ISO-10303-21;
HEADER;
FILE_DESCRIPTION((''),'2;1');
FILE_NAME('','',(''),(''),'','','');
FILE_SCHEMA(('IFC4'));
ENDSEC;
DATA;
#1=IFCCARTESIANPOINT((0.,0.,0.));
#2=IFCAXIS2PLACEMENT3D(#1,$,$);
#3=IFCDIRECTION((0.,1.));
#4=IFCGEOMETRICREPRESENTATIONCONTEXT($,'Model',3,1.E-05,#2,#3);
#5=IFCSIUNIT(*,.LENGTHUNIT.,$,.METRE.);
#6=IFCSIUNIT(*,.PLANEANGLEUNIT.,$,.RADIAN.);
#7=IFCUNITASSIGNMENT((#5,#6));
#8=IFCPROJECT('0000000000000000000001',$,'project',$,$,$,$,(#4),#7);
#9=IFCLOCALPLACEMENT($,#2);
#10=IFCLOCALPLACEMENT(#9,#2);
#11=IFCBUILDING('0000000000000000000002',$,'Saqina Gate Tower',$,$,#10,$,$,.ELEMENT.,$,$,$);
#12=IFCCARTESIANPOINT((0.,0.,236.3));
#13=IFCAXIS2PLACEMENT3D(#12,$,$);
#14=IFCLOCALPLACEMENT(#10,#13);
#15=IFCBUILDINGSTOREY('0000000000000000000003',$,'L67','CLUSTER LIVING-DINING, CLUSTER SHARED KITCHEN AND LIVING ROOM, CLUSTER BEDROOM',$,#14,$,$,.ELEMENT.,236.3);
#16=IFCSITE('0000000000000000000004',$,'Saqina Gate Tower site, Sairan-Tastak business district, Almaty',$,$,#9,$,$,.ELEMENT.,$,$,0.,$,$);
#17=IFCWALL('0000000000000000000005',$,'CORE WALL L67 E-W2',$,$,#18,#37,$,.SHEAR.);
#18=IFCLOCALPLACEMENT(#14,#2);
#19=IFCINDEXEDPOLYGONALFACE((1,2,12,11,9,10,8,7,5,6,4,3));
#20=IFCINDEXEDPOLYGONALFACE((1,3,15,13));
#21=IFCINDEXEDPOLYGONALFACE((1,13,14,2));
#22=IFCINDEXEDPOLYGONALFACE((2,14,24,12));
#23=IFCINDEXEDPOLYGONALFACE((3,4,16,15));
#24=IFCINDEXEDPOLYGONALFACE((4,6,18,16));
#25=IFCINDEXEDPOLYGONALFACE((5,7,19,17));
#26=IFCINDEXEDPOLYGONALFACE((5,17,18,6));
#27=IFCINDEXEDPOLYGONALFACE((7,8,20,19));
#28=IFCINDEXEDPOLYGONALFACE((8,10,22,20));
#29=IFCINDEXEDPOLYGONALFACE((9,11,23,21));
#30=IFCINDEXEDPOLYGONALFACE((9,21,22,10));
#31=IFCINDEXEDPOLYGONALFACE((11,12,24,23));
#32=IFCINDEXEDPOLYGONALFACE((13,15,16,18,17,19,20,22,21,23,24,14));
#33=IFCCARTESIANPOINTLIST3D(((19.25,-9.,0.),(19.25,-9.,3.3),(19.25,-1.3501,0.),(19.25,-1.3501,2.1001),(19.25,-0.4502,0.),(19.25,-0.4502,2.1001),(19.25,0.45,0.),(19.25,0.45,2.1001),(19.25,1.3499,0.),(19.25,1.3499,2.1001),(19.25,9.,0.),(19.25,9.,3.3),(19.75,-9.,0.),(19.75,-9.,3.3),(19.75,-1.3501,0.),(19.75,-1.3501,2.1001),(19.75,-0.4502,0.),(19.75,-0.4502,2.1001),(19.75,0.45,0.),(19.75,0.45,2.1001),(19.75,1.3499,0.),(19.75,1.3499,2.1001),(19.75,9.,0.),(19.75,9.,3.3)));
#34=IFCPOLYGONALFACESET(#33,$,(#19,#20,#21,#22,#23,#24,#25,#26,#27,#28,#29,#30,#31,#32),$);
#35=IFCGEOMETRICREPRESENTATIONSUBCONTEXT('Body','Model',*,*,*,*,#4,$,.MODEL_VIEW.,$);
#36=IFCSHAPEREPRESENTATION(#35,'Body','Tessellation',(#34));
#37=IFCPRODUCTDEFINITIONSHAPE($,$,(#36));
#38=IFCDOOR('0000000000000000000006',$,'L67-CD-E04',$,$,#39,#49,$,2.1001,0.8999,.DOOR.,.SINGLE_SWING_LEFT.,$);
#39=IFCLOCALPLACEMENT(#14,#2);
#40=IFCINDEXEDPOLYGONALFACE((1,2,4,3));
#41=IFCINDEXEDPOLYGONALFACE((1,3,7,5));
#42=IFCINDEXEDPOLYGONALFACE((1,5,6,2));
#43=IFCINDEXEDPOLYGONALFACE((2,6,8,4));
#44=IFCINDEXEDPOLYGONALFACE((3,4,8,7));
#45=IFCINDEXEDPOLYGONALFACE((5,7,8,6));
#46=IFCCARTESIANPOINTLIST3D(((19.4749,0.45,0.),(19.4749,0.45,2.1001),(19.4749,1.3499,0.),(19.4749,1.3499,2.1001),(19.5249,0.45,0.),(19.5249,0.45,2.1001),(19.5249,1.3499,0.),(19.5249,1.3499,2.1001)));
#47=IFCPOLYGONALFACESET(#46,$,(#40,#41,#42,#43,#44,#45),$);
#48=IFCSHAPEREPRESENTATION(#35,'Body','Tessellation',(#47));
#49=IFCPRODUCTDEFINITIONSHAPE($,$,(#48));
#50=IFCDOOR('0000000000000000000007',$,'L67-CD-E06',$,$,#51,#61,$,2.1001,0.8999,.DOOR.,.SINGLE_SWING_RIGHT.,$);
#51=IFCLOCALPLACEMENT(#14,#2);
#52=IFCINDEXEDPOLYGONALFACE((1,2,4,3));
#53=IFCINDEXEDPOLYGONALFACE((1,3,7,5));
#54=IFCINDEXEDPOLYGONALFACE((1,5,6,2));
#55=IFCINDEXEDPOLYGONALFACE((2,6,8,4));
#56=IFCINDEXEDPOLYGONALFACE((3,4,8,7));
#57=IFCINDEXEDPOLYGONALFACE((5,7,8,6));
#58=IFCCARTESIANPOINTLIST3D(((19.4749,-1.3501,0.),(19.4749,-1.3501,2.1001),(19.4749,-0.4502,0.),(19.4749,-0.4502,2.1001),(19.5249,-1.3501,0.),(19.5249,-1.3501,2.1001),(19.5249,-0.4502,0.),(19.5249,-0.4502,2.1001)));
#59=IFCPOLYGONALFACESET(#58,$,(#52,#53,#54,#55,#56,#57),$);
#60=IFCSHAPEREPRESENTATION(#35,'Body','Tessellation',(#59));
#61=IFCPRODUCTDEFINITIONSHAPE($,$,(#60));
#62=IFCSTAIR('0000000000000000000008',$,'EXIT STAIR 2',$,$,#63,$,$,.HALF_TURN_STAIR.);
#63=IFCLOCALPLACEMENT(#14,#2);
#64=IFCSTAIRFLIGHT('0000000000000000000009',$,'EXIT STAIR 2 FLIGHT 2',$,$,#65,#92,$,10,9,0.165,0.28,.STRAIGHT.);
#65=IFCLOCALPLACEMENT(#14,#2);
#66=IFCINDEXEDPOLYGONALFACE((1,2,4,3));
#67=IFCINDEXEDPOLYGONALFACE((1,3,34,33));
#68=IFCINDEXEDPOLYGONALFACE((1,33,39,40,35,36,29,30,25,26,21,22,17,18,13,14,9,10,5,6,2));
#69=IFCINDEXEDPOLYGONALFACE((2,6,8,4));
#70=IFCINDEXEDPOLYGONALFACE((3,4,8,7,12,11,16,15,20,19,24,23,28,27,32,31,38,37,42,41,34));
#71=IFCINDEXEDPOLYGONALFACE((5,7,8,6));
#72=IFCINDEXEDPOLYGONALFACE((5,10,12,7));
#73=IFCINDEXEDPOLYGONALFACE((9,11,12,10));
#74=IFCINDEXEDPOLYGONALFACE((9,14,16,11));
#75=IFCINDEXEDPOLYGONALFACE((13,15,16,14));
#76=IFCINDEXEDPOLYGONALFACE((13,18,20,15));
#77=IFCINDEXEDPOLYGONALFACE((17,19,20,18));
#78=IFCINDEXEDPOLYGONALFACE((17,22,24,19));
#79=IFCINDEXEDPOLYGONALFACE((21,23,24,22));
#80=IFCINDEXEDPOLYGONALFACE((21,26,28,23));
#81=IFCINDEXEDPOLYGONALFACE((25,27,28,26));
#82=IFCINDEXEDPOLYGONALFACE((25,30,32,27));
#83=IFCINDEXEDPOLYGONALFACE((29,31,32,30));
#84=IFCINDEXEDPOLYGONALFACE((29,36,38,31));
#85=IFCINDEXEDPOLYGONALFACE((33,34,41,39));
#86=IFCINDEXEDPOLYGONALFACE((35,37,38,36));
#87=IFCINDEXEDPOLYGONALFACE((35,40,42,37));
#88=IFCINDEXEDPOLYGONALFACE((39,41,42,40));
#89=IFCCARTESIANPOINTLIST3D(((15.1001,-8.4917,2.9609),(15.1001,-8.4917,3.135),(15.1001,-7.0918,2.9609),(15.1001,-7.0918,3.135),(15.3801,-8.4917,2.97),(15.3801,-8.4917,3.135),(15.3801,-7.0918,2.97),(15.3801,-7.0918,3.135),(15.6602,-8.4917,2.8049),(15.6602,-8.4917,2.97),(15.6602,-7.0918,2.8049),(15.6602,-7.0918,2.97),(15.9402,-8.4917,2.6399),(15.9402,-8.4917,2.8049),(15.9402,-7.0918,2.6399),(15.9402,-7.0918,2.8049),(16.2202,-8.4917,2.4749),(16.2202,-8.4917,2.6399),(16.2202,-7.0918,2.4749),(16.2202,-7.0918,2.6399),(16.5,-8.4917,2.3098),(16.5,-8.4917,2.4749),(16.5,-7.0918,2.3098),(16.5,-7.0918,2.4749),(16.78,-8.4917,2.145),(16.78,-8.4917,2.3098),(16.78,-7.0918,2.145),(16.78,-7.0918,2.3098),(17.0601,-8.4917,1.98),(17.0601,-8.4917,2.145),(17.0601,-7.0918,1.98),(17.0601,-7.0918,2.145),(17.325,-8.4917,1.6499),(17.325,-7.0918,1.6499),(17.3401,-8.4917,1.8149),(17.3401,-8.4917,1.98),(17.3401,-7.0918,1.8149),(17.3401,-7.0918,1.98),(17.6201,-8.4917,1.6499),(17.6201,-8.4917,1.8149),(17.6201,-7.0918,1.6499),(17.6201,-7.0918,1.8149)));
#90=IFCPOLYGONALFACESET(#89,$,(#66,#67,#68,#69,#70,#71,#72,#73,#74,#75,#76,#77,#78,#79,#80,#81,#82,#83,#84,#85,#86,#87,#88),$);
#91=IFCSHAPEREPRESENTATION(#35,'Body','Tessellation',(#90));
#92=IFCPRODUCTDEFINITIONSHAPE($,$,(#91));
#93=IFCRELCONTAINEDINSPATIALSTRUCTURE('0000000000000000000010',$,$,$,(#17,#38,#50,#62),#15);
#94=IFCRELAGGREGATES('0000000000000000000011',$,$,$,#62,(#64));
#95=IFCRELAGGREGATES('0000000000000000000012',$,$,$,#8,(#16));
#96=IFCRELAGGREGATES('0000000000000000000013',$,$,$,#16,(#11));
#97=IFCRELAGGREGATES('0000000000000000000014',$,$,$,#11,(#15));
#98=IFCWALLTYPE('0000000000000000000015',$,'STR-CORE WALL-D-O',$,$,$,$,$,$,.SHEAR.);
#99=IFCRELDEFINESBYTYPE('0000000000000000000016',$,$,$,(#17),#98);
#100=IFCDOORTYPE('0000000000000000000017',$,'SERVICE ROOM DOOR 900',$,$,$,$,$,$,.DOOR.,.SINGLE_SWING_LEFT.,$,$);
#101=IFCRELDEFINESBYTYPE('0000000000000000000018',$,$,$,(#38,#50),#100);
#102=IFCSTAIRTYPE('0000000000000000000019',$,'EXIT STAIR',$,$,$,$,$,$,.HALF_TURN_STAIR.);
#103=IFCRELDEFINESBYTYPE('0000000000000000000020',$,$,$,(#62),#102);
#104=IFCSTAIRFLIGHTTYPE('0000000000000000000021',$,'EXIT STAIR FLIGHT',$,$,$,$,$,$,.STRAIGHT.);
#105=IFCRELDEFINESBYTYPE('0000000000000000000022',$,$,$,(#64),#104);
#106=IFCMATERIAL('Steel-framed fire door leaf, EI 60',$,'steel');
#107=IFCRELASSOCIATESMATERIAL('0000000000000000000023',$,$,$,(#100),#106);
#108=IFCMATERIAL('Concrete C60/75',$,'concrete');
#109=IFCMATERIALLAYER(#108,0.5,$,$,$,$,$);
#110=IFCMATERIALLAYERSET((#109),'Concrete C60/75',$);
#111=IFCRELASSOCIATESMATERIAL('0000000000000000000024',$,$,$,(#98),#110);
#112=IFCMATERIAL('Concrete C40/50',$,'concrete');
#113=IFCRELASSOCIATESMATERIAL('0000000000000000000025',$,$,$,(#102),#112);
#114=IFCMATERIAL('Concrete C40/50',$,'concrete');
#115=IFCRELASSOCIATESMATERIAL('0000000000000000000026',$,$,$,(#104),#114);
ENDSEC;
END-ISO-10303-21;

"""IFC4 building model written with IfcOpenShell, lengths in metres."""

from ifc_helpers import new_model, si_unit, direction, frame, frame_2d, origin, place, context, subcontext, project, spatial, polyline, rectangle, outline, extrude, material, layer, layer_set, type_object, element, fill, aggregate, save


model = new_model("IFC4")

# Units and contexts
model_context = context("Model", 3, precision=1e-05, world=origin(), true_north=direction((0.0, 1.0)))
body_context = subcontext(model_context, "Body", "Model", "MODEL_VIEW")
ifc_project = project(units=[si_unit("LENGTHUNIT", "METRE"), si_unit("PLANEANGLEUNIT", "RADIAN")], contexts=[model_context])

# Site, building, storey
site_placement = place(None, origin())
site = spatial("IfcSite", under=ifc_project, at=site_placement, Name="Saqina Gate Tower site, Sairan-Tastak business district, Almaty", CompositionType="ELEMENT", RefElevation=0.0)
building_placement = place(site_placement, origin())
building = spatial("IfcBuilding", under=site, at=building_placement, Name="Saqina Gate Tower", CompositionType="ELEMENT")
storey_placement = place(building_placement, frame((0.0, 0.0, 236.3)))
storey = spatial("IfcBuildingStorey", under=building, at=storey_placement, Name="L67", Description="CLUSTER LIVING-DINING, CLUSTER SHARED KITCHEN AND LIVING ROOM, CLUSTER BEDROOM", CompositionType="ELEMENT", Elevation=236.3)

# Shared definitions
ifc_material_1 = material(Name="Steel-framed fire door leaf, EI 60", Category="steel")
door_type_1 = type_object("IfcDoorType", Name="SERVICE ROOM DOOR 900", OperationType="SINGLE_SWING_LEFT", PredefinedType="DOOR", material=ifc_material_1)

# Wall, openings, doors
ifc_material_2 = material(Name="Concrete C60/75", Category="concrete")
ifc_layer_1 = layer(ifc_material_2, 0.5)
ifc_layer_set_1 = layer_set([ifc_layer_1], Name="Concrete C60/75")
wall_type_1 = type_object("IfcWallType", Name="STR-CORE WALL-D-O", PredefinedType="SHEAR", material=ifc_layer_set_1)
wall_1_placement = place(storey_placement, frame((19.5, -9.0, 0.0), z_axis=(0.0, 0.0, 1.0), x_axis=(0.0, 1.0, 0.0)))
wall_1 = element("IfcWall", 1, at=wall_1_placement, inside=storey, type_object=wall_type_1, Name="CORE WALL L67 E-W2", PredefinedType="SHEAR", context=body_context, shape_type="SweptSolid", body=[
    extrude(rectangle(XDim=18.0, YDim=0.5, at=frame_2d((9.0, 0.0))), origin(), (0.0, 0.0, 1.0), 3.3),
])
opening_1_placement = place(wall_1_placement, frame((9.45, 0.0, 0.0)))
opening_1 = element("IfcOpeningElement", 2, at=opening_1_placement, cuts=wall_1, PredefinedType="OPENING", context=body_context, shape_type="SweptSolid", body=[
    extrude(rectangle(XDim=0.8999, YDim=2.1001, at=frame_2d((0.45, 1.05))), frame((0.0, 0.262, 0.0), z_axis=(0.0, -1.0, 0.0), x_axis=(1.0, 0.0, 0.0)), (0.0, 0.0, 1.0), 0.5239),
])
opening_2_placement = place(wall_1_placement, frame((7.6499, 0.0, 0.0)))
opening_2 = element("IfcOpeningElement", 3, at=opening_2_placement, cuts=wall_1, PredefinedType="OPENING", context=body_context, shape_type="SweptSolid", body=[
    extrude(rectangle(XDim=0.8999, YDim=2.1001, at=frame_2d((0.45, 1.05))), frame((0.0, 0.262, 0.0), z_axis=(0.0, -1.0, 0.0), x_axis=(1.0, 0.0, 0.0)), (0.0, 0.0, 1.0), 0.5239),
])
door_1_placement = place(opening_1_placement, frame((0.8999, 0.0, 0.0), z_axis=(0.0, 0.0, 1.0), x_axis=(-1.0, 0.0, 0.0)))
door_1 = element("IfcDoor", 4, at=door_1_placement, inside=storey, type_object=door_type_1, Name="L67-CD-E04", OperationType="SINGLE_SWING_LEFT", OverallHeight=2.1001, OverallWidth=0.8999, PredefinedType="DOOR", context=body_context, shape_type="SweptSolid", body=[
    extrude(rectangle(XDim=0.8999, YDim=2.1001, at=frame_2d((0.45, 1.05))), frame((0.0, 0.0249, 0.0), z_axis=(0.0, -1.0, 0.0), x_axis=(1.0, 0.0, 0.0)), (0.0, 0.0, 1.0), 0.05),
])
fill(opening_1, door_1)
door_2_placement = place(opening_2_placement, frame((0.8999, 0.0, 0.0), z_axis=(0.0, 0.0, 1.0), x_axis=(-1.0, 0.0, 0.0)))
door_2 = element("IfcDoor", 5, at=door_2_placement, inside=storey, type_object=door_type_1, Name="L67-CD-E06", OperationType="SINGLE_SWING_RIGHT", OverallHeight=2.1001, OverallWidth=0.8999, PredefinedType="DOOR", context=body_context, shape_type="SweptSolid", body=[
    extrude(rectangle(XDim=0.8999, YDim=2.1001, at=frame_2d((0.45, 1.05))), frame((0.0, 0.0249, 0.0), z_axis=(0.0, -1.0, 0.0), x_axis=(1.0, 0.0, 0.0)), (0.0, 0.0, 1.0), 0.05),
])
fill(opening_2, door_2)

# Stair, stair flight
ifc_material_3 = material(Name="Concrete C40/50", Category="concrete")
stair_type = type_object("IfcStairType", Name="EXIT STAIR", PredefinedType="HALF_TURN_STAIR", material=ifc_material_3)
stair_placement = place(storey_placement, origin())
stair = element("IfcStair", 6, at=stair_placement, inside=storey, type_object=stair_type, Name="EXIT STAIR 2", PredefinedType="HALF_TURN_STAIR")
ifc_material_4 = material(Name="Concrete C40/50", Category="concrete")
stair_flight_type = type_object("IfcStairFlightType", Name="EXIT STAIR FLIGHT", PredefinedType="STRAIGHT", material=ifc_material_4)
stair_flight_placement = place(storey_placement, frame((17.6201, -7.7917, 1.6499), z_axis=(0.0, 0.0, 1.0), x_axis=(-1.0, 0.0, 0.0)))
stair_flight = element("IfcStairFlight", 7, at=stair_flight_placement, type_object=stair_flight_type, Name="EXIT STAIR 2 FLIGHT 2", NumberOfRisers=10, NumberOfTreads=9, PredefinedType="STRAIGHT", RiserHeight=0.165, TreadLength=0.28, context=body_context, shape_type="SweptSolid", body=[
    extrude(outline(polyline([(0.0, 0.0), (0.0, 0.165), (0.28, 0.165), (0.28, 0.3301), (0.5601, 0.3301), (0.5601, 0.4951), (0.8401, 0.4951), (0.8401, 0.6599), (1.1201, 0.6599), (1.1201, 0.825), (1.3999, 0.825), (1.3999, 0.99), (1.6799, 0.99), (1.6799, 1.155), (1.96, 1.155), (1.96, 1.3201), (2.24, 1.3201), (2.24, 1.4851), (2.52, 1.4851), (2.52, 1.6499), (2.52, 1.311), (0.2952, 0.0), (0.0, 0.0)])), frame((0.0, 0.7, 0.0), z_axis=(0.0, -1.0, 0.0), x_axis=(1.0, 0.0, 0.0)), (0.0, 0.0, 1.0), 1.3999),
])
aggregate(stair, [stair_flight])

save(model, "model.ifc")
